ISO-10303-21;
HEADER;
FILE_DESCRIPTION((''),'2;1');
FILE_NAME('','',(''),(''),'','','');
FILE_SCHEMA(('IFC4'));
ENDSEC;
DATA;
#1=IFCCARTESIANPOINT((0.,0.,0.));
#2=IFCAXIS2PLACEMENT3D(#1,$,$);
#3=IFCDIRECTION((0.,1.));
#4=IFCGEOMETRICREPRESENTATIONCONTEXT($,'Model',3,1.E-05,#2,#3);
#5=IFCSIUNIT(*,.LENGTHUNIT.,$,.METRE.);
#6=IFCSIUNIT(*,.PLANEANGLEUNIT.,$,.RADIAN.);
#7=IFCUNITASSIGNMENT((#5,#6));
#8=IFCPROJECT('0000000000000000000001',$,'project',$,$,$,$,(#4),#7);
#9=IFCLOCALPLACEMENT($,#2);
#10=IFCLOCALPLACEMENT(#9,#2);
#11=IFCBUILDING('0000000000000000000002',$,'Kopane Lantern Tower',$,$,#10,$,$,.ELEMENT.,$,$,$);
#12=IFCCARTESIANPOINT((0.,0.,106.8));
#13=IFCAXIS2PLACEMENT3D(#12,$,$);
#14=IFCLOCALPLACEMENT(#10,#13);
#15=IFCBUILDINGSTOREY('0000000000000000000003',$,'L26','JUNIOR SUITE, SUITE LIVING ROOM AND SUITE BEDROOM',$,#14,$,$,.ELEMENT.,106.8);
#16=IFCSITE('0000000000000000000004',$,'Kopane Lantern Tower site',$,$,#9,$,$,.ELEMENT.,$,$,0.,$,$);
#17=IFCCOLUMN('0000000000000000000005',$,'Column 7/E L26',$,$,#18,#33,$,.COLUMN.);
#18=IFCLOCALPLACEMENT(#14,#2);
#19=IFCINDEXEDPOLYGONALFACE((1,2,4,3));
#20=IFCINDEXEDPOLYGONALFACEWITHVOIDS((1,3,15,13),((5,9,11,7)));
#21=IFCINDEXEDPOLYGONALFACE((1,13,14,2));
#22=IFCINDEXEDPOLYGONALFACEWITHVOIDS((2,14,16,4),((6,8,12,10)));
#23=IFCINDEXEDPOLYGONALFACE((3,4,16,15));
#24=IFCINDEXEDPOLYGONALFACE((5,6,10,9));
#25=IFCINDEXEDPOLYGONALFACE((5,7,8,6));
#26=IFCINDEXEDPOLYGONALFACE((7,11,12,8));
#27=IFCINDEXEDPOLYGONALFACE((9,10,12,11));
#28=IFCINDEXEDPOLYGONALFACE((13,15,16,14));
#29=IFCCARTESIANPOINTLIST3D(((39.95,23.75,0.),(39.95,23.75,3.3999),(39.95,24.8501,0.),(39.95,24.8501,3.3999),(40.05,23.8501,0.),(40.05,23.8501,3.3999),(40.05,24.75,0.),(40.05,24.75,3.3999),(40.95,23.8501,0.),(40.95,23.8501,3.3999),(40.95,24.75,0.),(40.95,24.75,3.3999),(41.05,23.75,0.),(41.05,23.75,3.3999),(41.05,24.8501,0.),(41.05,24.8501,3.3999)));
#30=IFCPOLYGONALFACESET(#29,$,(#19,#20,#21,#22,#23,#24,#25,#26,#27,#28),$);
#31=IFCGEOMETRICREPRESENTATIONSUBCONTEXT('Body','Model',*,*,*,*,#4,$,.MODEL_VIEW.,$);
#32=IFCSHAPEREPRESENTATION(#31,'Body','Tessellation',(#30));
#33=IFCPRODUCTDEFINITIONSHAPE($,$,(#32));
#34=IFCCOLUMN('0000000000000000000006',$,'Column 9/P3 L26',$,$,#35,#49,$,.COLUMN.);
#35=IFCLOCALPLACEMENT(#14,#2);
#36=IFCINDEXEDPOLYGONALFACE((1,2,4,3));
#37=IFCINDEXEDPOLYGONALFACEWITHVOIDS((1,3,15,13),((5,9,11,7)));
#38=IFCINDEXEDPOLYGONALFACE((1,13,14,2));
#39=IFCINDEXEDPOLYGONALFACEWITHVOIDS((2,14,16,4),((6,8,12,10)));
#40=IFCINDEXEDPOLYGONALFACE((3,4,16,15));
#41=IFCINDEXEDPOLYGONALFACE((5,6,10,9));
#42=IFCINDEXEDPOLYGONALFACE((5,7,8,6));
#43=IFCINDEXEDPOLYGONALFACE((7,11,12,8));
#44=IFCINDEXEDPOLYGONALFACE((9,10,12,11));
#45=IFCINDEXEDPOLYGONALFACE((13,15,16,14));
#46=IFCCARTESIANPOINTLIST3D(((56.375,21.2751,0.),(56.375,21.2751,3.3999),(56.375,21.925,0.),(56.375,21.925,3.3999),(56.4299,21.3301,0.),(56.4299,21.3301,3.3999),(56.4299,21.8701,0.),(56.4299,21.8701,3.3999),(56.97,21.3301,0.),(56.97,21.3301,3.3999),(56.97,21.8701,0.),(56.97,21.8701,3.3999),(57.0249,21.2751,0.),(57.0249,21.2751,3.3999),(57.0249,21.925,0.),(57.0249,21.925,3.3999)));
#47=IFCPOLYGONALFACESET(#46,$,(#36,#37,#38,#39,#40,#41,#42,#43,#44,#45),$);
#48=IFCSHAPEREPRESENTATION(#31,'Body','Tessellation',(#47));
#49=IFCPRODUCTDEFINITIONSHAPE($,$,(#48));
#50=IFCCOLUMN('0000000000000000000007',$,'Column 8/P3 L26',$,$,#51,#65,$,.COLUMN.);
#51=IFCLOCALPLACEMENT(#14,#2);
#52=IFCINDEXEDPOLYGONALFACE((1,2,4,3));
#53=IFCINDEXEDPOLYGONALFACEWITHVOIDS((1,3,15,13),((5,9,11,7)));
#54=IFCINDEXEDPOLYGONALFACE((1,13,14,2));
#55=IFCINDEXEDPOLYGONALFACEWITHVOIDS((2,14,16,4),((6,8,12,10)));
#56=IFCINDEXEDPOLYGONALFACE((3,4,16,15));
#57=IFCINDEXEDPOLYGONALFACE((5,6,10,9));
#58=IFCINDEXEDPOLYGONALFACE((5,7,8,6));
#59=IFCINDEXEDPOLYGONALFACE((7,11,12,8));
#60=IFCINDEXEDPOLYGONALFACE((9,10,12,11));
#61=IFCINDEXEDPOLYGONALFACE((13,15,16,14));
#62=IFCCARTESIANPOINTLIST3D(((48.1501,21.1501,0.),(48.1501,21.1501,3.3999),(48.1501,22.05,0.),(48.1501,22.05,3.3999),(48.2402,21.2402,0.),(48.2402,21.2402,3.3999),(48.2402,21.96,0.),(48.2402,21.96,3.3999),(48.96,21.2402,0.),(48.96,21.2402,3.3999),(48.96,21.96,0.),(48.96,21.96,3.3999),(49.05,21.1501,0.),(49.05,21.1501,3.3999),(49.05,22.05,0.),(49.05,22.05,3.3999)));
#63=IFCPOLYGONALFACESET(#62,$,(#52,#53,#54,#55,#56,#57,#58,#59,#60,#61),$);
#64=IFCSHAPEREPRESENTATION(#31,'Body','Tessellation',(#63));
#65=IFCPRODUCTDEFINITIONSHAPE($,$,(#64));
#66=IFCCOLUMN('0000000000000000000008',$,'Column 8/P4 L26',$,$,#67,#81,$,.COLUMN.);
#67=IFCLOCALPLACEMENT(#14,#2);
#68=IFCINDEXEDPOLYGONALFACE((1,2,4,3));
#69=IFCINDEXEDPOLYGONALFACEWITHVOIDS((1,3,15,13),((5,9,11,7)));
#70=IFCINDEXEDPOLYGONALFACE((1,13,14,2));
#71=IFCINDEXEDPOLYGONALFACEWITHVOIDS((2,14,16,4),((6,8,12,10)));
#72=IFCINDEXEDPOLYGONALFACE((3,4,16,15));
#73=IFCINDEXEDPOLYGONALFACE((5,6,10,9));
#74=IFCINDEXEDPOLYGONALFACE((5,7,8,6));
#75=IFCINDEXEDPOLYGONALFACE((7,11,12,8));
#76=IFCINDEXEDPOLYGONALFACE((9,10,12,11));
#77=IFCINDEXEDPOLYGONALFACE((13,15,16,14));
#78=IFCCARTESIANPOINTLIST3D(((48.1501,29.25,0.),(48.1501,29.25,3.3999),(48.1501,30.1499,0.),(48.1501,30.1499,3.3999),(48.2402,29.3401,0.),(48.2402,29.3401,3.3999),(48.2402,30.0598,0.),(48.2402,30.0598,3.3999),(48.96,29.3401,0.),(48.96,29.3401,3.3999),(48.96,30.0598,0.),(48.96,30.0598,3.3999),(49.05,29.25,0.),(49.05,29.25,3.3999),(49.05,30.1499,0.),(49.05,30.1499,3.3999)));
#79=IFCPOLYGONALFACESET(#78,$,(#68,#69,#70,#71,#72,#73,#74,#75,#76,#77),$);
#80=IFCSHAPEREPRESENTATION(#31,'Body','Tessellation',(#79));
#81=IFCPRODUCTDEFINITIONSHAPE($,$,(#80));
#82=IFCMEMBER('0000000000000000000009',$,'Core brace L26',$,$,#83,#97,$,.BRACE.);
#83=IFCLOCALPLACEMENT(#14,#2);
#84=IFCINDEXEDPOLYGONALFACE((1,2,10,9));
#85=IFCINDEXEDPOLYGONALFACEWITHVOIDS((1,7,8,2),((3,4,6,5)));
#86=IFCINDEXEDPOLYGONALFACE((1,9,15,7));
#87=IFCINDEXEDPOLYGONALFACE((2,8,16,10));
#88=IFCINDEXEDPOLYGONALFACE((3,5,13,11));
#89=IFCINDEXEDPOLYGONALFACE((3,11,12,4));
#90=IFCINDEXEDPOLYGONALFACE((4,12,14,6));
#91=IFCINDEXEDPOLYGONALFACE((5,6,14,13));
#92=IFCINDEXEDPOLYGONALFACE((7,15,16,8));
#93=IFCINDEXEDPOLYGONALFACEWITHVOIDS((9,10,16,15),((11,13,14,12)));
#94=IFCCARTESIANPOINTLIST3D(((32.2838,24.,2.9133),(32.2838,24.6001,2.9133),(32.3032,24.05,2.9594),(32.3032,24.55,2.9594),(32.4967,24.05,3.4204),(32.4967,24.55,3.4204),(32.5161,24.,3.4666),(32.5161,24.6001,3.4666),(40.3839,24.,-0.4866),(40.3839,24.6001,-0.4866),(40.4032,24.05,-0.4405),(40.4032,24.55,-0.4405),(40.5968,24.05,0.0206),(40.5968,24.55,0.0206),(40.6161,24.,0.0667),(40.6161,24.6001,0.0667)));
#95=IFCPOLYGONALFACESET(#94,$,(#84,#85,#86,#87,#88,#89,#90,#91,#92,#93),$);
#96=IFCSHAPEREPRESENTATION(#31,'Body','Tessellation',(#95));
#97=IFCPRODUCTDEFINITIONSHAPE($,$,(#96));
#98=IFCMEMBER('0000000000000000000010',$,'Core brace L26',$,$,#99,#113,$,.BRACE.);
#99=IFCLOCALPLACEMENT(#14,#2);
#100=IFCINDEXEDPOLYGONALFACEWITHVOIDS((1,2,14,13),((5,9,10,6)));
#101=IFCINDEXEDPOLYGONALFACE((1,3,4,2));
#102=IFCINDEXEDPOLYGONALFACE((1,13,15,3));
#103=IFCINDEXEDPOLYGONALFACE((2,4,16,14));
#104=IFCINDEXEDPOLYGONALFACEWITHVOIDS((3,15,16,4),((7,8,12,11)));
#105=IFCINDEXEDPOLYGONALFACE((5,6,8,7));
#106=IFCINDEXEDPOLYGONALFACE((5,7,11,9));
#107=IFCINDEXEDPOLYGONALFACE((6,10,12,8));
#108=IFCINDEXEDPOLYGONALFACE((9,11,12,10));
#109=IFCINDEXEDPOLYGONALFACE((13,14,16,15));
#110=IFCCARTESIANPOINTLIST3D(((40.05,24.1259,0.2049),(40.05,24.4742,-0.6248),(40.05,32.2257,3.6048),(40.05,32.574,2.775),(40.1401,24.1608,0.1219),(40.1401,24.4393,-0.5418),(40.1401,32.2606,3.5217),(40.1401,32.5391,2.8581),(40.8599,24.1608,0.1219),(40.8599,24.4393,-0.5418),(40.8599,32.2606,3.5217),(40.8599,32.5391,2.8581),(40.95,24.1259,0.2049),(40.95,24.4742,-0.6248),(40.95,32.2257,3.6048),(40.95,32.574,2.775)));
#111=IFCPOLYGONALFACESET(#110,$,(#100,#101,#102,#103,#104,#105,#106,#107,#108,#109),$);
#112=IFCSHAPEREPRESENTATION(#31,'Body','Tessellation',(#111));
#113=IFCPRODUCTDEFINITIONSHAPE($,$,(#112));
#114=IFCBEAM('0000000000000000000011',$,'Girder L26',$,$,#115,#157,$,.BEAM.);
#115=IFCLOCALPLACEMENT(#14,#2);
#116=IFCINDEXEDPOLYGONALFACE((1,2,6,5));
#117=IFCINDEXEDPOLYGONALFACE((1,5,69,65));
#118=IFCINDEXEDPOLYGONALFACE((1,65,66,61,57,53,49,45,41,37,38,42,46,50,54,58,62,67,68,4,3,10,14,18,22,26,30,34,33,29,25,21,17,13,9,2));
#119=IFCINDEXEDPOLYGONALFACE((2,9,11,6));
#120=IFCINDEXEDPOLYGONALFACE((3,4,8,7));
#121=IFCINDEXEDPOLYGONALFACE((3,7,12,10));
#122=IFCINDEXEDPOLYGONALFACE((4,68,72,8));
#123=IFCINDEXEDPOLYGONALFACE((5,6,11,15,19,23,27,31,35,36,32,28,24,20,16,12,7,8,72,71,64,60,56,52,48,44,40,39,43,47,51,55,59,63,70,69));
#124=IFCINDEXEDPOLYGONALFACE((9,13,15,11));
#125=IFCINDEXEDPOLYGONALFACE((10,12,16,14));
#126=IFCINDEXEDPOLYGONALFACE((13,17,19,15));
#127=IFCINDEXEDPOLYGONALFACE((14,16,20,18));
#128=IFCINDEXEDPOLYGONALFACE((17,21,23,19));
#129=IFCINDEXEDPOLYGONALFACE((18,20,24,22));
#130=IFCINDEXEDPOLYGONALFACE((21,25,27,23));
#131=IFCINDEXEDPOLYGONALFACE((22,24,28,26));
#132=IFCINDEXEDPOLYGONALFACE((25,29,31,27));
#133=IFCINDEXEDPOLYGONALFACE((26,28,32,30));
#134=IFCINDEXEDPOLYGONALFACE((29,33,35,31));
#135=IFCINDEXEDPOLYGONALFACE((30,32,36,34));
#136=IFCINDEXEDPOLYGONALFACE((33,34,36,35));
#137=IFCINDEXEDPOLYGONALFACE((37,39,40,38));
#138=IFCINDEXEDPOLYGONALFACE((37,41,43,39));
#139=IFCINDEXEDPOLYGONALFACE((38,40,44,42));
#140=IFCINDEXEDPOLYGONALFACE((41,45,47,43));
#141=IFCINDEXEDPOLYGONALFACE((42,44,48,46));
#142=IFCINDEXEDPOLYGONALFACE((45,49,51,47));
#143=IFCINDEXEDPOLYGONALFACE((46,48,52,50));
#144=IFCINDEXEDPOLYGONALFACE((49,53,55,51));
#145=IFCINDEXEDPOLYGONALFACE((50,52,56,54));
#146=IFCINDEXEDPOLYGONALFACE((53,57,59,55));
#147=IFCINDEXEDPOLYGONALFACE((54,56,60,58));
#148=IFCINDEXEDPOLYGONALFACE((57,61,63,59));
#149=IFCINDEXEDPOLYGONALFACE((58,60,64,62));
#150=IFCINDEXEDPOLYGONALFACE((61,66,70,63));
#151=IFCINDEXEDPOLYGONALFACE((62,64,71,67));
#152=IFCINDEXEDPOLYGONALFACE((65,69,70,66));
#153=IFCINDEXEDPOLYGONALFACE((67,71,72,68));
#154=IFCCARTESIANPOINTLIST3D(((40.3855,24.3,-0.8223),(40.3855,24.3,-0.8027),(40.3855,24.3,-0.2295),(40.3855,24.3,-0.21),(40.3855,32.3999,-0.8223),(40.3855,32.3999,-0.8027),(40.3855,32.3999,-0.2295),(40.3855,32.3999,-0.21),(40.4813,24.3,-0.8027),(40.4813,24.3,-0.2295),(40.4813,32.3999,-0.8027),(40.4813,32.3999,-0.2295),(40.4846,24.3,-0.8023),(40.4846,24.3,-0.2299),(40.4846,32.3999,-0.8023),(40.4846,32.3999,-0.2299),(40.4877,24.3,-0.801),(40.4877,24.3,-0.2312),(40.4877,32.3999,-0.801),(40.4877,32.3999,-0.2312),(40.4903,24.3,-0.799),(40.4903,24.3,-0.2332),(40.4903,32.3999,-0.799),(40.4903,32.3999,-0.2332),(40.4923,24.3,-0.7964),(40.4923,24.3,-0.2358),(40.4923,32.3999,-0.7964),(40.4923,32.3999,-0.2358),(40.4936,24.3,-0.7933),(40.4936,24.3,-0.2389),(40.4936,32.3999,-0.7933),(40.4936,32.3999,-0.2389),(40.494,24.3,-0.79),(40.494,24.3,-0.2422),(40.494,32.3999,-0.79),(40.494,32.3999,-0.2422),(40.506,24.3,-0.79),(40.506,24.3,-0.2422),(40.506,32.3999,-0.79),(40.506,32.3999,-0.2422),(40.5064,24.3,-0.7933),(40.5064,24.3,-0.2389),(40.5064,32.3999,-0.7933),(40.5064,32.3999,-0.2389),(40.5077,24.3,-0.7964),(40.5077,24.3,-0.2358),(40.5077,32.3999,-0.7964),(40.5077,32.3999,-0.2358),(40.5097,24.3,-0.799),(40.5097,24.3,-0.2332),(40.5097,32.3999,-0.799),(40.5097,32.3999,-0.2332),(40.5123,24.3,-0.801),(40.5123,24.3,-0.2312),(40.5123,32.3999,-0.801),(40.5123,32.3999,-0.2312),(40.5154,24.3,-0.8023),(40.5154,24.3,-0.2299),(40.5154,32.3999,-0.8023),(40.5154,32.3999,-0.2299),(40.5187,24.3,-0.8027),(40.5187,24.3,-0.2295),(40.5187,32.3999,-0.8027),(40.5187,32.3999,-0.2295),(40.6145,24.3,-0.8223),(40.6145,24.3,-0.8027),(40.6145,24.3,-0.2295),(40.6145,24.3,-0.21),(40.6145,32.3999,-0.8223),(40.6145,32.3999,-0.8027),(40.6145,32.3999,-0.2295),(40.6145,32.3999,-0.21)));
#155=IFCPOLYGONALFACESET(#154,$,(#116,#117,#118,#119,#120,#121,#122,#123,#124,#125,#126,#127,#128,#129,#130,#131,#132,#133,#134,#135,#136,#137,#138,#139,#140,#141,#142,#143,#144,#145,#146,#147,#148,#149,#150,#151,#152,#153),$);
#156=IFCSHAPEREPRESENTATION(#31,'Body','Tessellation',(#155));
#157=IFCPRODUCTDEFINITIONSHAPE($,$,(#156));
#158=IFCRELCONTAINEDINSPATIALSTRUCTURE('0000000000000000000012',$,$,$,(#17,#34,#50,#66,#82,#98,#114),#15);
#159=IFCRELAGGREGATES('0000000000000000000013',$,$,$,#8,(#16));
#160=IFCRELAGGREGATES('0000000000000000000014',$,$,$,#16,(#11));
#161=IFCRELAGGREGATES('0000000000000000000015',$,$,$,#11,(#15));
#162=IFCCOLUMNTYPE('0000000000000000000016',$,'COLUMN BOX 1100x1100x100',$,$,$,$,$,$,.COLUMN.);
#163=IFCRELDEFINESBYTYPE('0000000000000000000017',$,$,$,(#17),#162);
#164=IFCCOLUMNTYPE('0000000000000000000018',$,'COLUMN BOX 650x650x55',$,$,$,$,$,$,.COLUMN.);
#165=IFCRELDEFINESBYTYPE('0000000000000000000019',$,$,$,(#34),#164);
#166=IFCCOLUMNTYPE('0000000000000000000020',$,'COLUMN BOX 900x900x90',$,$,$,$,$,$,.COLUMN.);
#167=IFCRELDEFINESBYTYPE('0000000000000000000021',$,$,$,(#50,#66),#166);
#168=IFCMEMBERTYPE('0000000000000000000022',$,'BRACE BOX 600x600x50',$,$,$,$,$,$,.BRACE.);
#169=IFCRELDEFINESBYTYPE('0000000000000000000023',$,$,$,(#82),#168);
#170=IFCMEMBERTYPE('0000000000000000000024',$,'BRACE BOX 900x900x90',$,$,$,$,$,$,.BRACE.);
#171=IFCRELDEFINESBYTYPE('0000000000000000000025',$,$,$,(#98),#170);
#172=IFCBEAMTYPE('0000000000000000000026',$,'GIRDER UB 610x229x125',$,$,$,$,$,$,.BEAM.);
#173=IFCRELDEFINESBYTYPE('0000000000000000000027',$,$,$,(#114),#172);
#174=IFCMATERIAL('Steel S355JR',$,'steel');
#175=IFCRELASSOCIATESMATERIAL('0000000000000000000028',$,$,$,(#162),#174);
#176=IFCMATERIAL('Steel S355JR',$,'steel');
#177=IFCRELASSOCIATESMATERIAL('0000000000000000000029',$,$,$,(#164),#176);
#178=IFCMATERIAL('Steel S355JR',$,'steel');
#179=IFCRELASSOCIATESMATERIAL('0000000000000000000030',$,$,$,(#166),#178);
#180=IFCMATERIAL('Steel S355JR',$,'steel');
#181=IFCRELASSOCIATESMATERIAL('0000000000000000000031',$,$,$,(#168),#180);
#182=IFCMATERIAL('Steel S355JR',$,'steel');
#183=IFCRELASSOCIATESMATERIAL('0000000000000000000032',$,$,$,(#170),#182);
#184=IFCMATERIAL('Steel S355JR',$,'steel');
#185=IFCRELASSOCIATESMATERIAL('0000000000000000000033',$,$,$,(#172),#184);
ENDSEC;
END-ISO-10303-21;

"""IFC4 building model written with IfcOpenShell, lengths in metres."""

from ifc_helpers import new_model, si_unit, direction, frame, origin, origin_2d, place, context, subcontext, project, spatial, hollow_rectangle, i_section, extrude, material, material_profile, profile_set, type_object, element, save


model = new_model("IFC4")

# Units and contexts
model_context = context("Model", 3, precision=1e-05, world=origin(), true_north=direction((0.0, 1.0)))
body_context = subcontext(model_context, "Body", "Model", "MODEL_VIEW")
ifc_project = project(units=[si_unit("LENGTHUNIT", "METRE"), si_unit("PLANEANGLEUNIT", "RADIAN")], contexts=[model_context])

# Site, building, storey
site_placement = place(None, origin())
site = spatial("IfcSite", under=ifc_project, at=site_placement, Name="Kopane Lantern Tower site", CompositionType="ELEMENT", RefElevation=0.0)
building_placement = place(site_placement, origin())
building = spatial("IfcBuilding", under=site, at=building_placement, Name="Kopane Lantern Tower", CompositionType="ELEMENT")
storey_placement = place(building_placement, frame((0.0, 0.0, 106.8)))
storey = spatial("IfcBuildingStorey", under=building, at=storey_placement, Name="L26", Description="JUNIOR SUITE, SUITE LIVING ROOM AND SUITE BEDROOM", CompositionType="ELEMENT", Elevation=106.8)

# Columns
ifc_material_1 = material(Name="Steel S355JR", Category="steel")
ifc_material_profile_1 = material_profile(ifc_material_1, hollow_rectangle(XDim=1.1001, YDim=1.1001, WallThickness=0.1001, at=origin_2d()), Name="BOX 1100x1100x100")
ifc_profile_set_1 = profile_set([ifc_material_profile_1], Name="Steel S355JR")
column_type_1 = type_object("IfcColumnType", Name="COLUMN BOX 1100x1100x100", PredefinedType="COLUMN", material=ifc_profile_set_1)
column_1_placement = place(storey_placement, frame((40.5, 24.3, 0.0), z_axis=(0.0, 0.0, 1.0), x_axis=(1.0, 0.0, 0.0)))
element("IfcColumn", 1, at=column_1_placement, inside=storey, type_object=column_type_1, Name="Column 7/E L26", PredefinedType="COLUMN", context=body_context, shape_type="SweptSolid", body=[
    extrude(hollow_rectangle(XDim=1.1001, YDim=1.1001, WallThickness=0.1001, at=origin_2d()), origin(), (0.0, 0.0, 1.0), 3.3999),
])
ifc_material_2 = material(Name="Steel S355JR", Category="steel")
ifc_material_profile_2 = material_profile(ifc_material_2, hollow_rectangle(XDim=0.6499, YDim=0.6499, WallThickness=0.0549, at=origin_2d()), Name="BOX 650x650x55")
ifc_profile_set_2 = profile_set([ifc_material_profile_2], Name="Steel S355JR")
column_type_2 = type_object("IfcColumnType", Name="COLUMN BOX 650x650x55", PredefinedType="COLUMN", material=ifc_profile_set_2)
column_2_placement = place(storey_placement, frame((56.7, 21.6001, 0.0), z_axis=(0.0, 0.0, 1.0), x_axis=(1.0, 0.0, 0.0)))
element("IfcColumn", 2, at=column_2_placement, inside=storey, type_object=column_type_2, Name="Column 9/P3 L26", PredefinedType="COLUMN", context=body_context, shape_type="SweptSolid", body=[
    extrude(hollow_rectangle(XDim=0.6499, YDim=0.6499, WallThickness=0.0549, at=origin_2d()), origin(), (0.0, 0.0, 1.0), 3.3999),
])
ifc_material_3 = material(Name="Steel S355JR", Category="steel")
ifc_material_profile_3 = material_profile(ifc_material_3, hollow_rectangle(XDim=0.8999, YDim=0.8999, WallThickness=0.0901, at=origin_2d()), Name="BOX 900x900x90")
ifc_profile_set_3 = profile_set([ifc_material_profile_3], Name="Steel S355JR")
column_type_3 = type_object("IfcColumnType", Name="COLUMN BOX 900x900x90", PredefinedType="COLUMN", material=ifc_profile_set_3)
for number, where, z_axis, x_axis, name in (
    (3, (48.6001, 21.6001, 0.0), (0.0, 0.0, 1.0), (1.0, 0.0, 0.0), "Column 8/P3 L26"),
    (4, (48.6001, 29.7, 0.0), (0.0, 0.0, 1.0), (1.0, 0.0, 0.0), "Column 8/P4 L26"),
):
    element("IfcColumn", number, at=place(storey_placement, frame(where, z_axis=z_axis, x_axis=x_axis)), inside=storey, type_object=column_type_3, Name=name, PredefinedType="COLUMN", context=body_context, shape_type="SweptSolid", body=[
        extrude(hollow_rectangle(XDim=0.8999, YDim=0.8999, WallThickness=0.0901, at=origin_2d()), origin(), (0.0, 0.0, 1.0), 3.3999),
    ])

# Members
ifc_material_4 = material(Name="Steel S355JR", Category="steel")
ifc_material_profile_4 = material_profile(ifc_material_4, hollow_rectangle(XDim=0.6001, YDim=0.6001, WallThickness=0.05, at=origin_2d()), Name="BOX 600x600x50")
ifc_profile_set_4 = profile_set([ifc_material_profile_4], Name="Steel S355JR")
member_type_1 = type_object("IfcMemberType", Name="BRACE BOX 600x600x50", PredefinedType="BRACE", material=ifc_profile_set_4)
member_1_placement = place(storey_placement, frame((40.5, 24.3, -0.21), z_axis=(-0.922069, 0.0, 0.387026), x_axis=(0.0, -1.0, 0.0)))
element("IfcMember", 5, at=member_1_placement, inside=storey, type_object=member_type_1, Name="Core brace L26", PredefinedType="BRACE", context=body_context, shape_type="SweptSolid", body=[
    extrude(hollow_rectangle(XDim=0.6001, YDim=0.6001, WallThickness=0.05, at=origin_2d()), origin(), (0.0, 0.0, 1.0), 8.7847),
])
ifc_material_5 = material(Name="Steel S355JR", Category="steel")
ifc_material_profile_5 = material_profile(ifc_material_5, hollow_rectangle(XDim=0.8999, YDim=0.8999, WallThickness=0.0901, at=origin_2d()), Name="BOX 900x900x90")
ifc_profile_set_5 = profile_set([ifc_material_profile_5], Name="Steel S355JR")
member_type_2 = type_object("IfcMemberType", Name="BRACE BOX 900x900x90", PredefinedType="BRACE", material=ifc_profile_set_5)
member_2_placement = place(storey_placement, frame((40.5, 24.3, -0.21), z_axis=(0.0, 0.922065, 0.387035), x_axis=(-1.0, 0.0, 0.0)))
element("IfcMember", 6, at=member_2_placement, inside=storey, type_object=member_type_2, Name="Core brace L26", PredefinedType="BRACE", context=body_context, shape_type="SweptSolid", body=[
    extrude(hollow_rectangle(XDim=0.8999, YDim=0.8999, WallThickness=0.0901, at=origin_2d()), origin(), (0.0, 0.0, 1.0), 8.7844),
])

# Beam
ifc_material_6 = material(Name="Steel S355JR", Category="steel")
ifc_material_profile_6 = material_profile(ifc_material_6, i_section(OverallWidth=0.229, OverallDepth=0.6123, WebThickness=0.012, FlangeThickness=0.0195, FilletRadius=0.0127, at=origin_2d()), Name="UB 610x229x125")
ifc_profile_set_6 = profile_set([ifc_material_profile_6], Name="Steel S355JR")
beam_type = type_object("IfcBeamType", Name="GIRDER UB 610x229x125", PredefinedType="BEAM", material=ifc_profile_set_6)
beam_1_placement = place(storey_placement, frame((40.5, 24.3, -0.5161), z_axis=(0.0, 1.0, 0.0), x_axis=(-1.0, 0.0, 0.0)))
element("IfcBeam", 7, at=beam_1_placement, inside=storey, type_object=beam_type, Name="Girder L26", PredefinedType="BEAM", context=body_context, shape_type="SweptSolid", body=[
    extrude(i_section(OverallWidth=0.229, OverallDepth=0.6123, WebThickness=0.012, FlangeThickness=0.0195, FilletRadius=0.0127, at=origin_2d()), origin(), (0.0, 0.0, 1.0), 8.0999),
])

save(model, "model.ifc")
